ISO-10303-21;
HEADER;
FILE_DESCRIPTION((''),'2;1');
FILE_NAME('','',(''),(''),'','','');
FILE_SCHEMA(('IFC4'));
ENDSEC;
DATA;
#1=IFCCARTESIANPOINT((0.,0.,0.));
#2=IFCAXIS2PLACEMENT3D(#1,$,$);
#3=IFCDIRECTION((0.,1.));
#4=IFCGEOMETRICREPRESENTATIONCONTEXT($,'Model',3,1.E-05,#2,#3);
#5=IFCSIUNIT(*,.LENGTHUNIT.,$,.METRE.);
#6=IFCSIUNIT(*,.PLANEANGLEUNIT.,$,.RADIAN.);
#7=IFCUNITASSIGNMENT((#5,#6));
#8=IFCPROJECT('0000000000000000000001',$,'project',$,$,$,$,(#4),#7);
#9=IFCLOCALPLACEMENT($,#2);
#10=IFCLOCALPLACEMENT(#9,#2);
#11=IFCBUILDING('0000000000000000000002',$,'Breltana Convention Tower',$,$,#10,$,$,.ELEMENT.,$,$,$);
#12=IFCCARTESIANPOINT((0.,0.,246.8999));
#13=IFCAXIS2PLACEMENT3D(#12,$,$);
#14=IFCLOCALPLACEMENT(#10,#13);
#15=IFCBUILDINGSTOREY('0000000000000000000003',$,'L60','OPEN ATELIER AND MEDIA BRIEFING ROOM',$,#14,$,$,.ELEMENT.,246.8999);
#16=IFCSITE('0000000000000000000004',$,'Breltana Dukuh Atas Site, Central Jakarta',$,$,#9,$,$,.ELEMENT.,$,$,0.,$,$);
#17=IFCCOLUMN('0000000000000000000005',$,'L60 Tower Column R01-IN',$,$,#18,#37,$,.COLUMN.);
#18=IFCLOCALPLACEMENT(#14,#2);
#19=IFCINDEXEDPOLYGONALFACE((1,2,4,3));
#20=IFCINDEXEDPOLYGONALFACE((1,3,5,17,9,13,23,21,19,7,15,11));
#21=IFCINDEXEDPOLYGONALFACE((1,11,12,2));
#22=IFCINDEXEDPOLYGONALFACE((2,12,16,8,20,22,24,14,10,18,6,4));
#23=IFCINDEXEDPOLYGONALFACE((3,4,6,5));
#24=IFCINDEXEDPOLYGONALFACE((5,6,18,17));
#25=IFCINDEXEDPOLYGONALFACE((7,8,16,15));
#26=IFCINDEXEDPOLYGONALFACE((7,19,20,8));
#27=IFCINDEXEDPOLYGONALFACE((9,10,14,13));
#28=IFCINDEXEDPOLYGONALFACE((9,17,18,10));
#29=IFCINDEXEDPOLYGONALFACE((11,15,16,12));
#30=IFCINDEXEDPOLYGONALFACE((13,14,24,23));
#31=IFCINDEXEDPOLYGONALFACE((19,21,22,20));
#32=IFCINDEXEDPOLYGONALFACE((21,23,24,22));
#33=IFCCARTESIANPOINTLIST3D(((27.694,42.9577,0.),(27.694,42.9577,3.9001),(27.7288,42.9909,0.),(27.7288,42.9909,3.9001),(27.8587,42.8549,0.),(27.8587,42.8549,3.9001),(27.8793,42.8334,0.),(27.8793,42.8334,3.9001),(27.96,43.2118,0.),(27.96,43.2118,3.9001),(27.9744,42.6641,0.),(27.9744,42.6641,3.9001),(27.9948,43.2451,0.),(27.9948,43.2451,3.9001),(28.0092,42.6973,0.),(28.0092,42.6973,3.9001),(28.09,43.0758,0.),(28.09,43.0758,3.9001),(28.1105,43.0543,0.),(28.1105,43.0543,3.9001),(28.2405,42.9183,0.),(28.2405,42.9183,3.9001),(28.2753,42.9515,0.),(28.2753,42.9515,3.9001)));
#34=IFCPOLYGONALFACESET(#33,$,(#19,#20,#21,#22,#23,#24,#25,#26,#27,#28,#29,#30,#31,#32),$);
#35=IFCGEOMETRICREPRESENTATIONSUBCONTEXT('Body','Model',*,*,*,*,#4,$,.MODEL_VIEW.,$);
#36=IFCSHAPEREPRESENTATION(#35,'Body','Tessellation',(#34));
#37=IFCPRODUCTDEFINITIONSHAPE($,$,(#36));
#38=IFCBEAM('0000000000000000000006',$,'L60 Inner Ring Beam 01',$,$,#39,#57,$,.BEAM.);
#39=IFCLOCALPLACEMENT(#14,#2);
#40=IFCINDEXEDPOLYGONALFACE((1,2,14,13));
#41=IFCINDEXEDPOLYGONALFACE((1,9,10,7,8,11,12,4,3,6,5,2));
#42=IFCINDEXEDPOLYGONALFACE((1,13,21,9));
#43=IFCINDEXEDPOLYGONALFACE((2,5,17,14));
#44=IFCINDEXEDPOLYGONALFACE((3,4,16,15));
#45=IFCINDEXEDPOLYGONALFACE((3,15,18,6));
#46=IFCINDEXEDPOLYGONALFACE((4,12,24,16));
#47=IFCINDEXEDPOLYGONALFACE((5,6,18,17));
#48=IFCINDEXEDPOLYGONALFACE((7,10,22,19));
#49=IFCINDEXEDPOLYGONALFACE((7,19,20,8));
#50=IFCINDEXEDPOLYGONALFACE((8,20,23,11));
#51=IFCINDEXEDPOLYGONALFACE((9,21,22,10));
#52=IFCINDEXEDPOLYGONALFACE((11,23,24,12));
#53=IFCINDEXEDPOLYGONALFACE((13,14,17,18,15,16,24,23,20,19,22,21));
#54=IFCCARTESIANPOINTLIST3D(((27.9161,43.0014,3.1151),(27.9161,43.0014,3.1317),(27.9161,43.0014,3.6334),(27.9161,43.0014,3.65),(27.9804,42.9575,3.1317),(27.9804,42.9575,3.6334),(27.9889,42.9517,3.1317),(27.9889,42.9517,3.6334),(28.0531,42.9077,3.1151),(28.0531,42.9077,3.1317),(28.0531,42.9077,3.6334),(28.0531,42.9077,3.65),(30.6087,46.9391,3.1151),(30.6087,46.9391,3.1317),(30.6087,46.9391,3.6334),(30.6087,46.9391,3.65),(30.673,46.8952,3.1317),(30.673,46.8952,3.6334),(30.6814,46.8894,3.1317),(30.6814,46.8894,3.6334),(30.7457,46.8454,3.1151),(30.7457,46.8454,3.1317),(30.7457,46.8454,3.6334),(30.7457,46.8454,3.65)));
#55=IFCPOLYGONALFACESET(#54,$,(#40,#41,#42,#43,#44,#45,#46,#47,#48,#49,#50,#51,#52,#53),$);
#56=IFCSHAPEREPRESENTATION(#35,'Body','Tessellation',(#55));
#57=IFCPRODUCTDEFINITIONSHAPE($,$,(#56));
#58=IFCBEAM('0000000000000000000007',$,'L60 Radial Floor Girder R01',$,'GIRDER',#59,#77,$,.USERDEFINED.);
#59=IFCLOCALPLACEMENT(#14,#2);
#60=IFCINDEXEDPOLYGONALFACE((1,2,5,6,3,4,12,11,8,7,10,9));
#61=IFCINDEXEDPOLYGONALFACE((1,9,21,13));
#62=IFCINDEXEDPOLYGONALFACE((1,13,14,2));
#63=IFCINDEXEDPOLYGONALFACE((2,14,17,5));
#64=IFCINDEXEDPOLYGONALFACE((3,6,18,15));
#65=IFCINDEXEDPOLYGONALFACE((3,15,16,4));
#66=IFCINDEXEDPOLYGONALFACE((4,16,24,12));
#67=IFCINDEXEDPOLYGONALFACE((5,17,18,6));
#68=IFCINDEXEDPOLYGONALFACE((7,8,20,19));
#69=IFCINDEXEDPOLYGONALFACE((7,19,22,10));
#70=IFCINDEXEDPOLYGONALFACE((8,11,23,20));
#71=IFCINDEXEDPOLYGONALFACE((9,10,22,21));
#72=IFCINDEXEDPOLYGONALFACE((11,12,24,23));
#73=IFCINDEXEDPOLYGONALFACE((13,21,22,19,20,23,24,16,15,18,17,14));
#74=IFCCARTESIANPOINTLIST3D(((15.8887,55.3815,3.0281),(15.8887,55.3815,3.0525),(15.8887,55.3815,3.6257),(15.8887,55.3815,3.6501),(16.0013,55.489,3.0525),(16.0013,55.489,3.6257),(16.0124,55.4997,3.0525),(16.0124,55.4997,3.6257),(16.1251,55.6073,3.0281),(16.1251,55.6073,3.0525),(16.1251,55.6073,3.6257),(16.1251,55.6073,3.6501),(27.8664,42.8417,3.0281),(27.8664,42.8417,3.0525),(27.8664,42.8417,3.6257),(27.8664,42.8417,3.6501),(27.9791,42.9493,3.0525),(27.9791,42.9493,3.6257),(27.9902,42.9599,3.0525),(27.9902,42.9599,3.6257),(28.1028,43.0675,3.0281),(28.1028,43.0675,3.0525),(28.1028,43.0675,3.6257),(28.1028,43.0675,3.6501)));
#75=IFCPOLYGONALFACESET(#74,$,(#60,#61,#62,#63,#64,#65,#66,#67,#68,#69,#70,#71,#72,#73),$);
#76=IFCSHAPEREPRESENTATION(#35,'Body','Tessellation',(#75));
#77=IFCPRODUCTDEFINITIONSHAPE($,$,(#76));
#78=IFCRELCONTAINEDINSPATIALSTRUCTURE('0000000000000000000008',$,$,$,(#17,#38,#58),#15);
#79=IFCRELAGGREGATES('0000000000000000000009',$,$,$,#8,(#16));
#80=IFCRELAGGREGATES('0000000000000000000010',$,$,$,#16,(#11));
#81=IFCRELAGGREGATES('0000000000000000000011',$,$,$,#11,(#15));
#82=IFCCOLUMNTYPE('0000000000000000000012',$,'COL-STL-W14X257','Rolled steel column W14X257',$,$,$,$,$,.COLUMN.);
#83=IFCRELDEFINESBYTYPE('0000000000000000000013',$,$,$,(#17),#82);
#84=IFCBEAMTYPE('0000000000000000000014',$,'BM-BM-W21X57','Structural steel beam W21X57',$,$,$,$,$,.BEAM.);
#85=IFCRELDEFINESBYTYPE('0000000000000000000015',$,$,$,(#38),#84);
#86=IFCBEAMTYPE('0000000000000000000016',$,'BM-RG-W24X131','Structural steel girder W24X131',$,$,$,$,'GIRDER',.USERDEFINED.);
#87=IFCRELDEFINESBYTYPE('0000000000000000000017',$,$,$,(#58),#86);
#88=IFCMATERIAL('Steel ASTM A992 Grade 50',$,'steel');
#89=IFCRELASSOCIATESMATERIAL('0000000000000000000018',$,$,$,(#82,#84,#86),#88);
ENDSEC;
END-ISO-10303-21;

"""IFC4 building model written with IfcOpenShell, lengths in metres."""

from ifc_helpers import new_model, si_unit, direction, frame, origin, origin_2d, place, context, subcontext, project, spatial, i_section, extrude, source, transform, mapped, material, material_profile, profile_set, type_object, type_shapes, element, save


model = new_model("IFC4")

# Units and contexts
model_context = context("Model", 3, precision=1e-05, world=origin(), true_north=direction((0.0, 1.0)))
body_context = subcontext(model_context, "Body", "Model", "MODEL_VIEW")
ifc_project = project(units=[si_unit("LENGTHUNIT", "METRE"), si_unit("PLANEANGLEUNIT", "RADIAN")], contexts=[model_context])

# Site, building, storey
site_placement = place(None, origin())
site = spatial("IfcSite", under=ifc_project, at=site_placement, Name="Breltana Dukuh Atas Site, Central Jakarta", CompositionType="ELEMENT", RefElevation=0.0)
building_placement = place(site_placement, origin())
building = spatial("IfcBuilding", under=site, at=building_placement, Name="Breltana Convention Tower", CompositionType="ELEMENT")
storey_placement = place(building_placement, frame((0.0, 0.0, 246.8999)))
storey = spatial("IfcBuildingStorey", under=building, at=storey_placement, Name="L60", Description="OPEN ATELIER AND MEDIA BRIEFING ROOM", CompositionType="ELEMENT", Elevation=246.8999)

# Column
ifc_material_1 = material(Name="Steel ASTM A992 Grade 50", Category="steel")
ifc_material_profile_1 = material_profile(ifc_material_1, i_section(OverallWidth=0.406, OverallDepth=0.416, WebThickness=0.0298, FlangeThickness=0.0481, at=origin_2d()), Name="W14X257")
ifc_profile_set_1 = profile_set([ifc_material_profile_1], Name="Steel ASTM A992 Grade 50")
column_type = type_object("IfcColumnType", Name="COL-STL-W14X257", Description="Rolled steel column W14X257", PredefinedType="COLUMN", material=ifc_profile_set_1)
shared_shape_1 = source(origin(), body_context, "Body", "SweptSolid", [
    extrude(i_section(OverallWidth=0.406, OverallDepth=0.416, WebThickness=0.0298, FlangeThickness=0.0481, at=origin_2d()), origin(), (0.0, 0.0, 1.0), 3.9001),
])
column_placement = place(storey_placement, frame((27.9846, 42.9546, 0.0), z_axis=(0.0, 0.0, 1.0), x_axis=(-0.690756, 0.723088, 0.0)))
element("IfcColumn", 1, at=column_placement, inside=storey, type_object=column_type, Name="L60 Tower Column R01-IN", PredefinedType="COLUMN", context=body_context, shape_type="MappedRepresentation", body=[
    mapped(shared_shape_1, transform((0.0, 0.0, 0.0), scale=1.0)),
])

# Beams
ifc_material_profile_2 = material_profile(ifc_material_1, i_section(OverallWidth=0.166, OverallDepth=0.5349, WebThickness=0.0103, FlangeThickness=0.0166, at=origin_2d()), Name="W21X57")
ifc_profile_set_2 = profile_set([ifc_material_profile_2], Name="Steel ASTM A992 Grade 50")
beam_type_1 = type_object("IfcBeamType", Name="BM-BM-W21X57", Description="Structural steel beam W21X57", PredefinedType="BEAM", material=ifc_profile_set_2)
shared_shape_2 = source(origin(), body_context, "Body", "SweptSolid", [
    extrude(i_section(OverallWidth=0.166, OverallDepth=0.5349, WebThickness=0.0103, FlangeThickness=0.0166, at=origin_2d()), origin(), (0.0, 0.0, 1.0), 4.7703),
])
beam_1_placement = place(storey_placement, frame((27.9846, 42.9546, 3.3826), z_axis=(0.564453, 0.825465, 0.0), x_axis=(-0.825465, 0.564453, 0.0)))
element("IfcBeam", 2, at=beam_1_placement, inside=storey, type_object=beam_type_1, Name="L60 Inner Ring Beam 01", PredefinedType="BEAM", context=body_context, shape_type="MappedRepresentation", body=[
    mapped(shared_shape_2, transform((0.0, 0.0, 0.0), scale=1.0)),
])
ifc_material_profile_3 = material_profile(ifc_material_1, i_section(OverallWidth=0.3269, OverallDepth=0.6221, WebThickness=0.0154, FlangeThickness=0.0244, at=origin_2d()), Name="W24X131")
ifc_profile_set_3 = profile_set([ifc_material_profile_3], Name="Steel ASTM A992 Grade 50")
beam_type_2 = type_object("IfcBeamType", Name="BM-RG-W24X131", Description="Structural steel girder W24X131", ElementType="GIRDER", PredefinedType="USERDEFINED", material=ifc_profile_set_3)
shared_shape_3 = source(origin(), body_context, "Body", "SweptSolid", [
    extrude(i_section(OverallWidth=0.3269, OverallDepth=0.6221, WebThickness=0.0154, FlangeThickness=0.0244, at=origin_2d()), origin(), (0.0, 0.0, 1.0), 17.3411),
])
type_shapes(beam_type_2, [shared_shape_3])
beam_2_placement = place(storey_placement, frame((27.9846, 42.9546, 3.3391), z_axis=(-0.690716, 0.723126, 0.0), x_axis=(-0.723126, -0.690716, 0.0)))
element("IfcBeam", 3, at=beam_2_placement, inside=storey, type_object=beam_type_2, Name="L60 Radial Floor Girder R01", ObjectType="GIRDER", PredefinedType="USERDEFINED", context=body_context, shape_type="MappedRepresentation", body=[
    mapped(shared_shape_3, transform((0.0, 0.0, 0.0), scale=1.0)),
])

save(model, "model.ifc")
